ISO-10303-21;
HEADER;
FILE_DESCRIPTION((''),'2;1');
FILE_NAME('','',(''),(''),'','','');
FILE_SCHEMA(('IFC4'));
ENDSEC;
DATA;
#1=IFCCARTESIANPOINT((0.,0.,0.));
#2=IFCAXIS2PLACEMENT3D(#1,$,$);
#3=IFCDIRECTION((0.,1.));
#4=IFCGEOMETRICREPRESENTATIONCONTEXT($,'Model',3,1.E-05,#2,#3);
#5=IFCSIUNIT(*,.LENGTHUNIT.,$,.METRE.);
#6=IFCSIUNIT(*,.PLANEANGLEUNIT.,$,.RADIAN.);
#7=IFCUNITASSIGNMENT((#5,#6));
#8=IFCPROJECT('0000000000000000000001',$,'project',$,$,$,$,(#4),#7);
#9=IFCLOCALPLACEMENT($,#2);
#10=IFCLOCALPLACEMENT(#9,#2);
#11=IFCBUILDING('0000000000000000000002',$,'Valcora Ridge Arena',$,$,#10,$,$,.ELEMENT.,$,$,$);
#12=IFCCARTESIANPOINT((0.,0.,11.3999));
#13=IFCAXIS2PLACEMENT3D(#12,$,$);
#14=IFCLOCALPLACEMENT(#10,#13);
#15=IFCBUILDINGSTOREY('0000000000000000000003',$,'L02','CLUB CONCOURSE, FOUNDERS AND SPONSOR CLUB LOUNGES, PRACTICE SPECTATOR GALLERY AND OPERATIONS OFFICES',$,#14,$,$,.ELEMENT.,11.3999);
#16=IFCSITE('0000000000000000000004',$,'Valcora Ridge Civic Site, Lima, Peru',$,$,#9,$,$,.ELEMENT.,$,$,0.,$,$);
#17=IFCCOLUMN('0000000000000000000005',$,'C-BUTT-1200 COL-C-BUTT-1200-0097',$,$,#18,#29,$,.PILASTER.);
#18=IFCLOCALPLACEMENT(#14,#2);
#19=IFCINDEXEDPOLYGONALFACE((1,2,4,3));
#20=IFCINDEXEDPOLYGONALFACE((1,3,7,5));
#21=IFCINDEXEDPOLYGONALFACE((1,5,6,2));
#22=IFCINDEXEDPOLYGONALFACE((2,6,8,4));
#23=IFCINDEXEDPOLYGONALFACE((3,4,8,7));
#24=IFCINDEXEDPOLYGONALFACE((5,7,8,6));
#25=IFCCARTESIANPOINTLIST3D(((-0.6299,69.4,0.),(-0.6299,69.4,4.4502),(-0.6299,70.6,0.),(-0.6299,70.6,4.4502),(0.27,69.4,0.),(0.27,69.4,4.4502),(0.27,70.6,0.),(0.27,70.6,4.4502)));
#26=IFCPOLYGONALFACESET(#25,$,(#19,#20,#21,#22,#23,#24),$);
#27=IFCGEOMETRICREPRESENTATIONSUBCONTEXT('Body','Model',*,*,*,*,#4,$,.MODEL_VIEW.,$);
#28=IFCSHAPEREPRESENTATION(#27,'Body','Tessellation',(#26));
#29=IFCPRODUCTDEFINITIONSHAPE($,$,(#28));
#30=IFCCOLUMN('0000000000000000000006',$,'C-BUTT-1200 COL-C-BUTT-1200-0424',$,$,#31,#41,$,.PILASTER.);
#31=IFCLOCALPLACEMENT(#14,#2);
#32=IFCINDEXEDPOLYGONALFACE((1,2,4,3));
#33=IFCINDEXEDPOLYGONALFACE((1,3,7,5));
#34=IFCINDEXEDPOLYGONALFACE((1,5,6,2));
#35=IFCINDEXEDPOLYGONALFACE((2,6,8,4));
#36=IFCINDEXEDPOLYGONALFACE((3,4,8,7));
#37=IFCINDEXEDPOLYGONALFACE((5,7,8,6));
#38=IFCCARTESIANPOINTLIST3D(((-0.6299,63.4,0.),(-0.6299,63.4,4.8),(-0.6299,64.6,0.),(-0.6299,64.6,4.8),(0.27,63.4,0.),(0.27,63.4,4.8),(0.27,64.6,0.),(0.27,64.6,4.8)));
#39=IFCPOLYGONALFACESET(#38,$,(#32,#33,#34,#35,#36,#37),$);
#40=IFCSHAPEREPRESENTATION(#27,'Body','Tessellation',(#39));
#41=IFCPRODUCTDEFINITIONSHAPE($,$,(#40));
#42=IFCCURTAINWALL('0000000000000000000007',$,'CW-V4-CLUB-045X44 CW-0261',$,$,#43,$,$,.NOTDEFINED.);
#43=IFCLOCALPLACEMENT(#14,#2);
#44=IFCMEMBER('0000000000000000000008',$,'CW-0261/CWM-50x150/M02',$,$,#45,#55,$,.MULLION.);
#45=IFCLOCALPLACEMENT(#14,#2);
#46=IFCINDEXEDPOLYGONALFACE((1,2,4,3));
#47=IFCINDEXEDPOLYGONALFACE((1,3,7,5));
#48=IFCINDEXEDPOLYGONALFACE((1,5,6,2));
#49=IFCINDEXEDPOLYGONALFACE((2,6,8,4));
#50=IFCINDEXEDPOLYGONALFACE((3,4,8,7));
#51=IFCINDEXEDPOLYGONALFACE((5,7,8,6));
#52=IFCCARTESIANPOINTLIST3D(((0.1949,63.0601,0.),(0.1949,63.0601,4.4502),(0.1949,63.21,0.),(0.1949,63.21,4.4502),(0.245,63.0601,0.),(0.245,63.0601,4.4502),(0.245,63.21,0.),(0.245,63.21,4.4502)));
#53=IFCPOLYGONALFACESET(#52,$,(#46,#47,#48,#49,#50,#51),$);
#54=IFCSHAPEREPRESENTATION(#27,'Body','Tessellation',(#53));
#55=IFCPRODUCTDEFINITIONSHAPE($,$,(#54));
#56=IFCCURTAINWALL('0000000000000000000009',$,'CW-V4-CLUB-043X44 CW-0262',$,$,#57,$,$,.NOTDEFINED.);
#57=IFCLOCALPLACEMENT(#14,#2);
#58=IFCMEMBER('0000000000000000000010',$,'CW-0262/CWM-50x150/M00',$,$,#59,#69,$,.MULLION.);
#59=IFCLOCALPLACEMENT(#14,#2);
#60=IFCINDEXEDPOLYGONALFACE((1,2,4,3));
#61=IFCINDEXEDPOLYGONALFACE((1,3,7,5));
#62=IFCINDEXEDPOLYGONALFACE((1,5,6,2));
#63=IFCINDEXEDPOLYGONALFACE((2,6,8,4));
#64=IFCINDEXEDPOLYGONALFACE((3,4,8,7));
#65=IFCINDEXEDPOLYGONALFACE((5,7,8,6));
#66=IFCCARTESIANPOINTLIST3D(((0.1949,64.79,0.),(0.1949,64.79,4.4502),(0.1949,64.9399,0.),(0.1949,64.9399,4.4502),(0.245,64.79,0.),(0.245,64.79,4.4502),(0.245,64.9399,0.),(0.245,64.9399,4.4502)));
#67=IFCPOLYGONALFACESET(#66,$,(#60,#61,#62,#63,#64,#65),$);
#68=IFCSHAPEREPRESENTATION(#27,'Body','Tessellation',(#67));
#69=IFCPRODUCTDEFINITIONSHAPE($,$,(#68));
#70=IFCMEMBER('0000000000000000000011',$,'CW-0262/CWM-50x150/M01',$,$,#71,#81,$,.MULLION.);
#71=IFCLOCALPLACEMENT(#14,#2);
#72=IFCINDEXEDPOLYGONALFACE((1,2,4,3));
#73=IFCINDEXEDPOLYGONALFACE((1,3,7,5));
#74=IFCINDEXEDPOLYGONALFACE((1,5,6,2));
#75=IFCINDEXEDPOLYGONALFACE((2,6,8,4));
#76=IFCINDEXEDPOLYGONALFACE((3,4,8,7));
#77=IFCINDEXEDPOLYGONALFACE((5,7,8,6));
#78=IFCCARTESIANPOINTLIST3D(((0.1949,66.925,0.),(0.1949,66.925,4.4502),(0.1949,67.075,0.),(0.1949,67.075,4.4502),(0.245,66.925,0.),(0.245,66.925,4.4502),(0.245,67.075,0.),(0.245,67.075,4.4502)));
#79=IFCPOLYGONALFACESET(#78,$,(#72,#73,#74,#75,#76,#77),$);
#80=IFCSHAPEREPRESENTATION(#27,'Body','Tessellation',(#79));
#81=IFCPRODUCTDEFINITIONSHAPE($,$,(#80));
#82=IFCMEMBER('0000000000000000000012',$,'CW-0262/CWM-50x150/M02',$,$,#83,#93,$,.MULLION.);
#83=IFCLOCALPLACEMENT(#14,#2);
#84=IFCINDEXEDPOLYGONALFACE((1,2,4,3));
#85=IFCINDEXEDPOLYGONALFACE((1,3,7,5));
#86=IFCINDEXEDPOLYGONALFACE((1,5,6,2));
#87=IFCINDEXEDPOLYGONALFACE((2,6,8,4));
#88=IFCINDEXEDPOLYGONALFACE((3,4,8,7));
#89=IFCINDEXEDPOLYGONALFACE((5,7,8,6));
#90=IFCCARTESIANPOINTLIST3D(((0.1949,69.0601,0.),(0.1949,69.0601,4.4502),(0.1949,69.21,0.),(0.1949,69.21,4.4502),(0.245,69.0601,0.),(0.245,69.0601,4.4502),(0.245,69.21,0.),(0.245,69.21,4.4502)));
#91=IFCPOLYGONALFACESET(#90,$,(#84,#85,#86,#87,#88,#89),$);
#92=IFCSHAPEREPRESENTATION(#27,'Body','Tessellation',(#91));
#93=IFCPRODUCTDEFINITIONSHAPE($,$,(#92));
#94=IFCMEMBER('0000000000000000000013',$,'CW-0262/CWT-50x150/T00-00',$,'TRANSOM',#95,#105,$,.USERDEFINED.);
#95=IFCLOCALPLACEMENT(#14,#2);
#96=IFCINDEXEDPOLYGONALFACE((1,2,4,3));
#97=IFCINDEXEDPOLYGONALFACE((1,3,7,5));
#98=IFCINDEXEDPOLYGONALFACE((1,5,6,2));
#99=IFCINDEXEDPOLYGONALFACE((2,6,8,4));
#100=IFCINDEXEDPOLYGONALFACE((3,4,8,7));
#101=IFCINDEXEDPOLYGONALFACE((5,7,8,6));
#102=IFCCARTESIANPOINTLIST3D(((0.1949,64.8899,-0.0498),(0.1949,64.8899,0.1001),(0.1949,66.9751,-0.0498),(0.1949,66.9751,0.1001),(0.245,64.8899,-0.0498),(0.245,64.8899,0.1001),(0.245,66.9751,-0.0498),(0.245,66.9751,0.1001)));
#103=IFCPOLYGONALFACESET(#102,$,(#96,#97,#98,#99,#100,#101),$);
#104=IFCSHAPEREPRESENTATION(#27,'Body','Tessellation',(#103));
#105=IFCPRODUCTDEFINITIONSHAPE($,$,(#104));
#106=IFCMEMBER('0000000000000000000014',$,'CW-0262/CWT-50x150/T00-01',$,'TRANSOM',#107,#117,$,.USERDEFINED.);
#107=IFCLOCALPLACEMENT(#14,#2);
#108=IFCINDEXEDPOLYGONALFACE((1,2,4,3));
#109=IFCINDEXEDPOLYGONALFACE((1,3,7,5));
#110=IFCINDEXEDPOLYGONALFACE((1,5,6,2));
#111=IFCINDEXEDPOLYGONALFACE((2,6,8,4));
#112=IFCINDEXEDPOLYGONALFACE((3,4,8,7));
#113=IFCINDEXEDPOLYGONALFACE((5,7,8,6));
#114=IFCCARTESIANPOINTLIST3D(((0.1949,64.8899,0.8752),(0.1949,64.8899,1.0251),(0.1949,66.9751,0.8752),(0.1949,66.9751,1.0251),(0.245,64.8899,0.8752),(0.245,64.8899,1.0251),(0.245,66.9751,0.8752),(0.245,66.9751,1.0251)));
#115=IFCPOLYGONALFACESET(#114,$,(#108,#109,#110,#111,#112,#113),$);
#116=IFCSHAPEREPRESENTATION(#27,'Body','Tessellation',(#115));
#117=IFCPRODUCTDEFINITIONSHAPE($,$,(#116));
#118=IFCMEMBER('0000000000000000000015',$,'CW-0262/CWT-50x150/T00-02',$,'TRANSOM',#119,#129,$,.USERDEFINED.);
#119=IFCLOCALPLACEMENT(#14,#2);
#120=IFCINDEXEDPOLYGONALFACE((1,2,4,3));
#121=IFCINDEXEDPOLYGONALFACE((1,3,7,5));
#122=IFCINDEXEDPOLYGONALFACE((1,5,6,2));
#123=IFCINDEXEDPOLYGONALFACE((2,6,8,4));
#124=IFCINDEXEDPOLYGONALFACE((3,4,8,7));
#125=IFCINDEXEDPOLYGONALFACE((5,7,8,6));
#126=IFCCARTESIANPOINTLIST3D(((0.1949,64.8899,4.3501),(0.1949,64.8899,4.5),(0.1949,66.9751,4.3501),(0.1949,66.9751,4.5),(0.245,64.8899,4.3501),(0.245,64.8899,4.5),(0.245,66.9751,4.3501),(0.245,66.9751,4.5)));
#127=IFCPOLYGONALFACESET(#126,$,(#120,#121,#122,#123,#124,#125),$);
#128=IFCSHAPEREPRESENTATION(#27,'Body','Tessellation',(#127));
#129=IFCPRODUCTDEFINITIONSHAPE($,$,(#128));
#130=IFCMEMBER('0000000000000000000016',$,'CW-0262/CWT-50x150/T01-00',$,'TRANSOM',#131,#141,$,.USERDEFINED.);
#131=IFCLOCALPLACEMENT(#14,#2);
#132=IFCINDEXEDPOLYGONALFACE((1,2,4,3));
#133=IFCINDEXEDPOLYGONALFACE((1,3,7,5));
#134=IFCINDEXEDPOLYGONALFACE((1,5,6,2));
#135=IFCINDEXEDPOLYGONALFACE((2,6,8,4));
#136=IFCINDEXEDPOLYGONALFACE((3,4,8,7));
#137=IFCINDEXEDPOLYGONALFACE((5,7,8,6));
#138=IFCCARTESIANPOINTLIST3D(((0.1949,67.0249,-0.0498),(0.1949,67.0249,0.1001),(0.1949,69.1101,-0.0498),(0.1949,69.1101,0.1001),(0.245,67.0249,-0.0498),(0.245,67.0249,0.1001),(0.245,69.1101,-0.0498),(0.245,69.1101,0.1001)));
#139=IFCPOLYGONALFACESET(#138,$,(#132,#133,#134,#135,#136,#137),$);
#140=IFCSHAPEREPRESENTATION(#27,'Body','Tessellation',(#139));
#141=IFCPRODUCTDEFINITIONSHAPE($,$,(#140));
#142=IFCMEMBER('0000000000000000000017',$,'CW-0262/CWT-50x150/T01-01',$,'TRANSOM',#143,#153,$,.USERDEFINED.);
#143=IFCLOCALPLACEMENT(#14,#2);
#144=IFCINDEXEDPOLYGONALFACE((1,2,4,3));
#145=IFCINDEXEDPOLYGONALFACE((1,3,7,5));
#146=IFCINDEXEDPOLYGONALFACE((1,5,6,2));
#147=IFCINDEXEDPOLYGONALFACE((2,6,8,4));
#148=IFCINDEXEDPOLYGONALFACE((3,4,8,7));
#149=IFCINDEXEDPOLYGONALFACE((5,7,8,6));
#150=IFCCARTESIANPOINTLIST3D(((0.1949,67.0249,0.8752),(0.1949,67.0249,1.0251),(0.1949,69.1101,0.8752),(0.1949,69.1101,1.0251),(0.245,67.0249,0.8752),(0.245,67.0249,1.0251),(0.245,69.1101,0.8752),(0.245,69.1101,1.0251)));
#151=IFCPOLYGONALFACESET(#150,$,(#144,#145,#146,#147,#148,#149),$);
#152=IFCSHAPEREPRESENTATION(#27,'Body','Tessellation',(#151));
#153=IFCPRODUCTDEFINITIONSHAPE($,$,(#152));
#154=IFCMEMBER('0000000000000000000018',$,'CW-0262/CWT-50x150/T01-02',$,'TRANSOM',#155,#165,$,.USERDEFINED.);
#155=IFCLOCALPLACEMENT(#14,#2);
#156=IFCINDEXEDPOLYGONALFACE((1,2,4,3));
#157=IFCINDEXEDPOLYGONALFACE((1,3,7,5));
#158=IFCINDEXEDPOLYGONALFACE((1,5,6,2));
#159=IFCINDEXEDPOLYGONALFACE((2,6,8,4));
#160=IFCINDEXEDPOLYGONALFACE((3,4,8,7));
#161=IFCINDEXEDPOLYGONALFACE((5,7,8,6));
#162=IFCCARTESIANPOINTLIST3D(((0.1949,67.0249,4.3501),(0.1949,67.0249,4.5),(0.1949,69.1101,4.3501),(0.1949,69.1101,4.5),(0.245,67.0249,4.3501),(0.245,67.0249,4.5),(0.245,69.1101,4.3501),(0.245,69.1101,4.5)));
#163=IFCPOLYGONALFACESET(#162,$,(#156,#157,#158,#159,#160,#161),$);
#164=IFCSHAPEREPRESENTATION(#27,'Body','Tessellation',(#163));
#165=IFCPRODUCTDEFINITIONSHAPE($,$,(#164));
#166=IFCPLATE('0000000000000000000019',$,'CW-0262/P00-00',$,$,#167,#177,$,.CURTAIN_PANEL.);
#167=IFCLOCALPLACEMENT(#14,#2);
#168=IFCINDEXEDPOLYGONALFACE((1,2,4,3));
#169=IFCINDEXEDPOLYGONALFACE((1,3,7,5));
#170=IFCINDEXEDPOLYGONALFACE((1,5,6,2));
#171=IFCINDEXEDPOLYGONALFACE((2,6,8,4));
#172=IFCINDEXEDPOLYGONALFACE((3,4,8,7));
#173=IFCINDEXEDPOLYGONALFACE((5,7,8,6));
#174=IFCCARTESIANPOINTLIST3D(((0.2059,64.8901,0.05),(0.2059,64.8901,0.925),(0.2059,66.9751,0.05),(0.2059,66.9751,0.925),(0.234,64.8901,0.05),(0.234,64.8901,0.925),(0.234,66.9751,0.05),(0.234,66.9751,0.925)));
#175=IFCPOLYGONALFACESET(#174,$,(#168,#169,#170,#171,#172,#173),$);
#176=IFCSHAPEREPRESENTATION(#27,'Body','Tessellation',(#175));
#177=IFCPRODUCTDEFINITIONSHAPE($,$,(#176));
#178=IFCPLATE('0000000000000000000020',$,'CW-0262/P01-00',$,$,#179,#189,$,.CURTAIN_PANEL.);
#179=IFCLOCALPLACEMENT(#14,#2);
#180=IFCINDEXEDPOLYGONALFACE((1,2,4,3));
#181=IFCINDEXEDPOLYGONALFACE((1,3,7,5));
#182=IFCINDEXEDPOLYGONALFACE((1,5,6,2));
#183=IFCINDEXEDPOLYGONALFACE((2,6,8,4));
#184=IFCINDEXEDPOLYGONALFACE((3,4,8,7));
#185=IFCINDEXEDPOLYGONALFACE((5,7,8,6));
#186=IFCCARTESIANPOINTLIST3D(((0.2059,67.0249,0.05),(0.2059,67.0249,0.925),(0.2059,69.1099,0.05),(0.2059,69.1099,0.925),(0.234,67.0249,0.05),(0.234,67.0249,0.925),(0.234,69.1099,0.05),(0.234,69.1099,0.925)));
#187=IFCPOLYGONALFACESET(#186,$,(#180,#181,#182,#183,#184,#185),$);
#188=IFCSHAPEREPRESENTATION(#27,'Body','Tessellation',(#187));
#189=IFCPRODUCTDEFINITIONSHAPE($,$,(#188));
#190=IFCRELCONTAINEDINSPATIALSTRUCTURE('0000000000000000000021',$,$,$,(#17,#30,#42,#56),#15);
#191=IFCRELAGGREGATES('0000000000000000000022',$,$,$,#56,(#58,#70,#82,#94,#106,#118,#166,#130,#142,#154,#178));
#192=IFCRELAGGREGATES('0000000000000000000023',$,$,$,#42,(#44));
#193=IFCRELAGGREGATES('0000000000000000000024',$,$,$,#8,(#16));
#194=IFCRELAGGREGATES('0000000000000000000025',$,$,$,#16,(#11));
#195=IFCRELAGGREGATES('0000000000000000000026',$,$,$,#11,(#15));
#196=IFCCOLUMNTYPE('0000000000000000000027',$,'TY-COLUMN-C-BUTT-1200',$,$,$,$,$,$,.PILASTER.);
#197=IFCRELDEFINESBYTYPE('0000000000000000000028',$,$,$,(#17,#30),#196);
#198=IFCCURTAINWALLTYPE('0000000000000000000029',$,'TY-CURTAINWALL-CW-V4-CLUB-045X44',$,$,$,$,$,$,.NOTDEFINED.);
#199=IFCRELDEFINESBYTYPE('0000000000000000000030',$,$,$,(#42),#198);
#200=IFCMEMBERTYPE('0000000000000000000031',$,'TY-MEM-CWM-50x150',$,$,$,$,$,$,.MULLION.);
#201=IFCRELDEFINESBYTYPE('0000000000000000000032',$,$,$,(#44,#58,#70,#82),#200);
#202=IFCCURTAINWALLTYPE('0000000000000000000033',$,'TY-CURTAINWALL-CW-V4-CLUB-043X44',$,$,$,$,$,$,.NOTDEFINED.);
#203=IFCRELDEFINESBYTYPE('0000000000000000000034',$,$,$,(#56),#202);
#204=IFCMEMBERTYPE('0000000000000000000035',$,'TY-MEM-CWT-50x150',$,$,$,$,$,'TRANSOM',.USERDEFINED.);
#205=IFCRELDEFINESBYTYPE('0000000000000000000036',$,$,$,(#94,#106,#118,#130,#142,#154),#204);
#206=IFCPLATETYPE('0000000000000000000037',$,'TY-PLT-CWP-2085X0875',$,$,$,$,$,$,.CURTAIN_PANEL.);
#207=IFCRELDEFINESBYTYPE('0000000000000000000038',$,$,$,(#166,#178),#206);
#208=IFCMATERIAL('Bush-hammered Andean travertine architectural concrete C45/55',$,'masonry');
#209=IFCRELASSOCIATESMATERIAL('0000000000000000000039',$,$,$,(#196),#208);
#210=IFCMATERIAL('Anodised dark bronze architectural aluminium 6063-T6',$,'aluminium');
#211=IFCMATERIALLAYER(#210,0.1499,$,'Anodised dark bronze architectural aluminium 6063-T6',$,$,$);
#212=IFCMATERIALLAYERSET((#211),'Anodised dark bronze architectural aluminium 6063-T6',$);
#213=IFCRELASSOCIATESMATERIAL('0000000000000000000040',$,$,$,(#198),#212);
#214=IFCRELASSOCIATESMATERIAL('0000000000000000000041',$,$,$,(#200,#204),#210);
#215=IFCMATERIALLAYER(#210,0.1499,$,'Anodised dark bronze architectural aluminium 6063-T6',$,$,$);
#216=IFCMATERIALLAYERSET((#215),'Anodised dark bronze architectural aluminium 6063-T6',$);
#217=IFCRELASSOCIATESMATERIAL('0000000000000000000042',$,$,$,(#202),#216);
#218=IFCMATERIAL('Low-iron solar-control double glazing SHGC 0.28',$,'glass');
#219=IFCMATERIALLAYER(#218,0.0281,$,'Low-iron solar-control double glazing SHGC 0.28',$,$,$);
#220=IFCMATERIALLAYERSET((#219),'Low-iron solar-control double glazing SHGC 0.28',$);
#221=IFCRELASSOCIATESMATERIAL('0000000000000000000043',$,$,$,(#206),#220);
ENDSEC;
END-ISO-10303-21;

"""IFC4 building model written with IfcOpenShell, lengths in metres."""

from ifc_helpers import new_model, si_unit, direction, frame, origin, origin_2d, place, context, subcontext, project, spatial, rectangle, extrude, material, layer, layer_set, material_profile, profile_set, type_object, element, aggregate, save


model = new_model("IFC4")

# Units and contexts
model_context = context("Model", 3, precision=1e-05, world=origin(), true_north=direction((0.0, 1.0)))
body_context = subcontext(model_context, "Body", "Model", "MODEL_VIEW")
ifc_project = project(units=[si_unit("LENGTHUNIT", "METRE"), si_unit("PLANEANGLEUNIT", "RADIAN")], contexts=[model_context])

# Site, building, storey
site_placement = place(None, origin())
site = spatial("IfcSite", under=ifc_project, at=site_placement, Name="Valcora Ridge Civic Site, Lima, Peru", CompositionType="ELEMENT", RefElevation=0.0)
building_placement = place(site_placement, origin())
building = spatial("IfcBuilding", under=site, at=building_placement, Name="Valcora Ridge Arena", CompositionType="ELEMENT")
storey_placement = place(building_placement, frame((0.0, 0.0, 11.3999)))
storey = spatial("IfcBuildingStorey", under=building, at=storey_placement, Name="L02", Description="CLUB CONCOURSE, FOUNDERS AND SPONSOR CLUB LOUNGES, PRACTICE SPECTATOR GALLERY AND OPERATIONS OFFICES", CompositionType="ELEMENT", Elevation=11.3999)

# Columns
ifc_material_1 = material(Name="Bush-hammered Andean travertine architectural concrete C45/55", Category="masonry")
ifc_material_profile_1 = material_profile(ifc_material_1, rectangle(XDim=0.8999, YDim=1.2, at=origin_2d()), Name="RC 900x1200")
ifc_profile_set_1 = profile_set([ifc_material_profile_1], Name="Bush-hammered Andean travertine architectural concrete C45/55")
column_type = type_object("IfcColumnType", Name="TY-COLUMN-C-BUTT-1200", PredefinedType="PILASTER", material=ifc_profile_set_1)
column_1_placement = place(storey_placement, frame((-0.1799, 70.0, 0.0), z_axis=(0.0, 0.0, 1.0), x_axis=(1.0, 0.0, 0.0)))
element("IfcColumn", 1, at=column_1_placement, inside=storey, type_object=column_type, Name="C-BUTT-1200 COL-C-BUTT-1200-0097", PredefinedType="PILASTER", context=body_context, shape_type="SweptSolid", body=[
    extrude(rectangle(XDim=0.8999, YDim=1.2, at=origin_2d()), origin(), (0.0, 0.0, 1.0), 4.4502),
])
column_2_placement = place(storey_placement, frame((-0.1799, 64.0, 0.0), z_axis=(0.0, 0.0, 1.0), x_axis=(1.0, 0.0, 0.0)))
element("IfcColumn", 2, at=column_2_placement, inside=storey, type_object=column_type, Name="C-BUTT-1200 COL-C-BUTT-1200-0424", PredefinedType="PILASTER", context=body_context, shape_type="SweptSolid", body=[
    extrude(rectangle(XDim=0.8999, YDim=1.2, at=origin_2d()), origin(), (0.0, 0.0, 1.0), 4.8),
])

# Curtain wall, member
ifc_material_2 = material(Name="Anodised dark bronze architectural aluminium 6063-T6", Category="aluminium")
ifc_layer_1 = layer(ifc_material_2, 0.1499, Name="Anodised dark bronze architectural aluminium 6063-T6")
ifc_layer_set_1 = layer_set([ifc_layer_1], Name="Anodised dark bronze architectural aluminium 6063-T6")
curtain_wall_type_1 = type_object("IfcCurtainWallType", Name="TY-CURTAINWALL-CW-V4-CLUB-045X44", PredefinedType="NOTDEFINED", material=ifc_layer_set_1)
curtain_wall_1_placement = place(storey_placement, origin())
curtain_wall_1 = element("IfcCurtainWall", 3, at=curtain_wall_1_placement, inside=storey, type_object=curtain_wall_type_1, Name="CW-V4-CLUB-045X44 CW-0261", PredefinedType="NOTDEFINED")
ifc_material_profile_2 = material_profile(ifc_material_2, rectangle(XDim=0.05, YDim=0.1499, at=origin_2d()), Name="ALU MULLION 50x150")
ifc_profile_set_2 = profile_set([ifc_material_profile_2], Name="Anodised dark bronze architectural aluminium 6063-T6")
member_type_1 = type_object("IfcMemberType", Name="TY-MEM-CWM-50x150", PredefinedType="MULLION", material=ifc_profile_set_2)
member_1_placement = place(storey_placement, frame((0.22, 63.135, 0.0), z_axis=(0.0, 0.0, 1.0), x_axis=(-1.0, 0.0, 0.0)))
member_1 = element("IfcMember", 4, at=member_1_placement, type_object=member_type_1, Name="CW-0261/CWM-50x150/M02", PredefinedType="MULLION", context=body_context, shape_type="SweptSolid", body=[
    extrude(rectangle(XDim=0.05, YDim=0.1499, at=origin_2d()), origin(), (0.0, 0.0, 1.0), 4.4502),
])

# Curtain wall, members, plates
ifc_layer_2 = layer(ifc_material_2, 0.1499, Name="Anodised dark bronze architectural aluminium 6063-T6")
ifc_layer_set_2 = layer_set([ifc_layer_2], Name="Anodised dark bronze architectural aluminium 6063-T6")
curtain_wall_type_2 = type_object("IfcCurtainWallType", Name="TY-CURTAINWALL-CW-V4-CLUB-043X44", PredefinedType="NOTDEFINED", material=ifc_layer_set_2)
curtain_wall_2_placement = place(storey_placement, origin())
curtain_wall_2 = element("IfcCurtainWall", 5, at=curtain_wall_2_placement, inside=storey, type_object=curtain_wall_type_2, Name="CW-V4-CLUB-043X44 CW-0262", PredefinedType="NOTDEFINED")
member_2_placement = place(storey_placement, frame((0.22, 64.865, 0.0), z_axis=(0.0, 0.0, 1.0), x_axis=(-1.0, 0.0, 0.0)))
member_2 = element("IfcMember", 6, at=member_2_placement, type_object=member_type_1, Name="CW-0262/CWM-50x150/M00", PredefinedType="MULLION", context=body_context, shape_type="SweptSolid", body=[
    extrude(rectangle(XDim=0.05, YDim=0.1499, at=origin_2d()), origin(), (0.0, 0.0, 1.0), 4.4502),
])
member_3_placement = place(storey_placement, frame((0.22, 67.0, 0.0), z_axis=(0.0, 0.0, 1.0), x_axis=(-1.0, 0.0, 0.0)))
member_3 = element("IfcMember", 7, at=member_3_placement, type_object=member_type_1, Name="CW-0262/CWM-50x150/M01", PredefinedType="MULLION", context=body_context, shape_type="SweptSolid", body=[
    extrude(rectangle(XDim=0.05, YDim=0.1499, at=origin_2d()), origin(), (0.0, 0.0, 1.0), 4.4502),
])
member_4_placement = place(storey_placement, frame((0.22, 69.135, 0.0), z_axis=(0.0, 0.0, 1.0), x_axis=(-1.0, 0.0, 0.0)))
member_4 = element("IfcMember", 8, at=member_4_placement, type_object=member_type_1, Name="CW-0262/CWM-50x150/M02", PredefinedType="MULLION", context=body_context, shape_type="SweptSolid", body=[
    extrude(rectangle(XDim=0.05, YDim=0.1499, at=origin_2d()), origin(), (0.0, 0.0, 1.0), 4.4502),
])
ifc_material_profile_3 = material_profile(ifc_material_2, rectangle(XDim=0.05, YDim=0.1499, at=origin_2d()), Name="ALU TRANSOM 50x150")
ifc_profile_set_3 = profile_set([ifc_material_profile_3], Name="Anodised dark bronze architectural aluminium 6063-T6")
member_type_2 = type_object("IfcMemberType", Name="TY-MEM-CWT-50x150", ElementType="TRANSOM", PredefinedType="USERDEFINED", material=ifc_profile_set_3)
member_5_placement = place(storey_placement, frame((0.22, 64.8899, 0.0251), z_axis=(0.0, 1.0, 0.0), x_axis=(-1.0, 0.0, 0.0)))
member_5 = element("IfcMember", 9, at=member_5_placement, type_object=member_type_2, Name="CW-0262/CWT-50x150/T00-00", ObjectType="TRANSOM", PredefinedType="USERDEFINED", context=body_context, shape_type="SweptSolid", body=[
    extrude(rectangle(XDim=0.05, YDim=0.1499, at=origin_2d()), origin(), (0.0, 0.0, 1.0), 2.0852),
])
member_6_placement = place(storey_placement, frame((0.22, 64.8899, 0.9502), z_axis=(0.0, 1.0, 0.0), x_axis=(-1.0, 0.0, 0.0)))
member_6 = element("IfcMember", 10, at=member_6_placement, type_object=member_type_2, Name="CW-0262/CWT-50x150/T00-01", ObjectType="TRANSOM", PredefinedType="USERDEFINED", context=body_context, shape_type="SweptSolid", body=[
    extrude(rectangle(XDim=0.05, YDim=0.1499, at=origin_2d()), origin(), (0.0, 0.0, 1.0), 2.0852),
])
member_7_placement = place(storey_placement, frame((0.22, 64.8899, 4.425), z_axis=(0.0, 1.0, 0.0), x_axis=(-1.0, 0.0, 0.0)))
member_7 = element("IfcMember", 11, at=member_7_placement, type_object=member_type_2, Name="CW-0262/CWT-50x150/T00-02", ObjectType="TRANSOM", PredefinedType="USERDEFINED", context=body_context, shape_type="SweptSolid", body=[
    extrude(rectangle(XDim=0.05, YDim=0.1499, at=origin_2d()), origin(), (0.0, 0.0, 1.0), 2.0852),
])
member_8_placement = place(storey_placement, frame((0.22, 67.0249, 0.0251), z_axis=(0.0, 1.0, 0.0), x_axis=(-1.0, 0.0, 0.0)))
member_8 = element("IfcMember", 12, at=member_8_placement, type_object=member_type_2, Name="CW-0262/CWT-50x150/T01-00", ObjectType="TRANSOM", PredefinedType="USERDEFINED", context=body_context, shape_type="SweptSolid", body=[
    extrude(rectangle(XDim=0.05, YDim=0.1499, at=origin_2d()), origin(), (0.0, 0.0, 1.0), 2.0852),
])
member_9_placement = place(storey_placement, frame((0.22, 67.0249, 0.9502), z_axis=(0.0, 1.0, 0.0), x_axis=(-1.0, 0.0, 0.0)))
member_9 = element("IfcMember", 13, at=member_9_placement, type_object=member_type_2, Name="CW-0262/CWT-50x150/T01-01", ObjectType="TRANSOM", PredefinedType="USERDEFINED", context=body_context, shape_type="SweptSolid", body=[
    extrude(rectangle(XDim=0.05, YDim=0.1499, at=origin_2d()), origin(), (0.0, 0.0, 1.0), 2.0852),
])
member_10_placement = place(storey_placement, frame((0.22, 67.0249, 4.425), z_axis=(0.0, 1.0, 0.0), x_axis=(-1.0, 0.0, 0.0)))
member_10 = element("IfcMember", 14, at=member_10_placement, type_object=member_type_2, Name="CW-0262/CWT-50x150/T01-02", ObjectType="TRANSOM", PredefinedType="USERDEFINED", context=body_context, shape_type="SweptSolid", body=[
    extrude(rectangle(XDim=0.05, YDim=0.1499, at=origin_2d()), origin(), (0.0, 0.0, 1.0), 2.0852),
])
ifc_material_3 = material(Name="Low-iron solar-control double glazing SHGC 0.28", Category="glass")
ifc_layer_3 = layer(ifc_material_3, 0.0281, Name="Low-iron solar-control double glazing SHGC 0.28")
ifc_layer_set_3 = layer_set([ifc_layer_3], Name="Low-iron solar-control double glazing SHGC 0.28")
plate_type_1 = type_object("IfcPlateType", Name="TY-PLT-CWP-2085X0875", PredefinedType="CURTAIN_PANEL", material=ifc_layer_set_3)
plate_1_placement = place(storey_placement, frame((0.22, 65.9326, 0.05), z_axis=(0.0, 0.0, 1.0), x_axis=(0.0, 1.0, 0.0)))
plate_1 = element("IfcPlate", 15, at=plate_1_placement, type_object=plate_type_1, Name="CW-0262/P00-00", PredefinedType="CURTAIN_PANEL", context=body_context, shape_type="SweptSolid", body=[
    extrude(rectangle(XDim=2.085, YDim=0.0281, at=origin_2d()), origin(), (0.0, 0.0, 1.0), 0.875),
])
plate_2_placement = place(storey_placement, frame((0.22, 68.0674, 0.05), z_axis=(0.0, 0.0, 1.0), x_axis=(0.0, 1.0, 0.0)))
plate_2 = element("IfcPlate", 16, at=plate_2_placement, type_object=plate_type_1, Name="CW-0262/P01-00", PredefinedType="CURTAIN_PANEL", context=body_context, shape_type="SweptSolid", body=[
    extrude(rectangle(XDim=2.085, YDim=0.0281, at=origin_2d()), origin(), (0.0, 0.0, 1.0), 0.875),
])
aggregate(curtain_wall_2, [member_2, member_3, member_4, member_5, member_6, member_7, plate_1, member_8, member_9, member_10, plate_2])

aggregate(curtain_wall_1, [member_1])

save(model, "model.ifc")
